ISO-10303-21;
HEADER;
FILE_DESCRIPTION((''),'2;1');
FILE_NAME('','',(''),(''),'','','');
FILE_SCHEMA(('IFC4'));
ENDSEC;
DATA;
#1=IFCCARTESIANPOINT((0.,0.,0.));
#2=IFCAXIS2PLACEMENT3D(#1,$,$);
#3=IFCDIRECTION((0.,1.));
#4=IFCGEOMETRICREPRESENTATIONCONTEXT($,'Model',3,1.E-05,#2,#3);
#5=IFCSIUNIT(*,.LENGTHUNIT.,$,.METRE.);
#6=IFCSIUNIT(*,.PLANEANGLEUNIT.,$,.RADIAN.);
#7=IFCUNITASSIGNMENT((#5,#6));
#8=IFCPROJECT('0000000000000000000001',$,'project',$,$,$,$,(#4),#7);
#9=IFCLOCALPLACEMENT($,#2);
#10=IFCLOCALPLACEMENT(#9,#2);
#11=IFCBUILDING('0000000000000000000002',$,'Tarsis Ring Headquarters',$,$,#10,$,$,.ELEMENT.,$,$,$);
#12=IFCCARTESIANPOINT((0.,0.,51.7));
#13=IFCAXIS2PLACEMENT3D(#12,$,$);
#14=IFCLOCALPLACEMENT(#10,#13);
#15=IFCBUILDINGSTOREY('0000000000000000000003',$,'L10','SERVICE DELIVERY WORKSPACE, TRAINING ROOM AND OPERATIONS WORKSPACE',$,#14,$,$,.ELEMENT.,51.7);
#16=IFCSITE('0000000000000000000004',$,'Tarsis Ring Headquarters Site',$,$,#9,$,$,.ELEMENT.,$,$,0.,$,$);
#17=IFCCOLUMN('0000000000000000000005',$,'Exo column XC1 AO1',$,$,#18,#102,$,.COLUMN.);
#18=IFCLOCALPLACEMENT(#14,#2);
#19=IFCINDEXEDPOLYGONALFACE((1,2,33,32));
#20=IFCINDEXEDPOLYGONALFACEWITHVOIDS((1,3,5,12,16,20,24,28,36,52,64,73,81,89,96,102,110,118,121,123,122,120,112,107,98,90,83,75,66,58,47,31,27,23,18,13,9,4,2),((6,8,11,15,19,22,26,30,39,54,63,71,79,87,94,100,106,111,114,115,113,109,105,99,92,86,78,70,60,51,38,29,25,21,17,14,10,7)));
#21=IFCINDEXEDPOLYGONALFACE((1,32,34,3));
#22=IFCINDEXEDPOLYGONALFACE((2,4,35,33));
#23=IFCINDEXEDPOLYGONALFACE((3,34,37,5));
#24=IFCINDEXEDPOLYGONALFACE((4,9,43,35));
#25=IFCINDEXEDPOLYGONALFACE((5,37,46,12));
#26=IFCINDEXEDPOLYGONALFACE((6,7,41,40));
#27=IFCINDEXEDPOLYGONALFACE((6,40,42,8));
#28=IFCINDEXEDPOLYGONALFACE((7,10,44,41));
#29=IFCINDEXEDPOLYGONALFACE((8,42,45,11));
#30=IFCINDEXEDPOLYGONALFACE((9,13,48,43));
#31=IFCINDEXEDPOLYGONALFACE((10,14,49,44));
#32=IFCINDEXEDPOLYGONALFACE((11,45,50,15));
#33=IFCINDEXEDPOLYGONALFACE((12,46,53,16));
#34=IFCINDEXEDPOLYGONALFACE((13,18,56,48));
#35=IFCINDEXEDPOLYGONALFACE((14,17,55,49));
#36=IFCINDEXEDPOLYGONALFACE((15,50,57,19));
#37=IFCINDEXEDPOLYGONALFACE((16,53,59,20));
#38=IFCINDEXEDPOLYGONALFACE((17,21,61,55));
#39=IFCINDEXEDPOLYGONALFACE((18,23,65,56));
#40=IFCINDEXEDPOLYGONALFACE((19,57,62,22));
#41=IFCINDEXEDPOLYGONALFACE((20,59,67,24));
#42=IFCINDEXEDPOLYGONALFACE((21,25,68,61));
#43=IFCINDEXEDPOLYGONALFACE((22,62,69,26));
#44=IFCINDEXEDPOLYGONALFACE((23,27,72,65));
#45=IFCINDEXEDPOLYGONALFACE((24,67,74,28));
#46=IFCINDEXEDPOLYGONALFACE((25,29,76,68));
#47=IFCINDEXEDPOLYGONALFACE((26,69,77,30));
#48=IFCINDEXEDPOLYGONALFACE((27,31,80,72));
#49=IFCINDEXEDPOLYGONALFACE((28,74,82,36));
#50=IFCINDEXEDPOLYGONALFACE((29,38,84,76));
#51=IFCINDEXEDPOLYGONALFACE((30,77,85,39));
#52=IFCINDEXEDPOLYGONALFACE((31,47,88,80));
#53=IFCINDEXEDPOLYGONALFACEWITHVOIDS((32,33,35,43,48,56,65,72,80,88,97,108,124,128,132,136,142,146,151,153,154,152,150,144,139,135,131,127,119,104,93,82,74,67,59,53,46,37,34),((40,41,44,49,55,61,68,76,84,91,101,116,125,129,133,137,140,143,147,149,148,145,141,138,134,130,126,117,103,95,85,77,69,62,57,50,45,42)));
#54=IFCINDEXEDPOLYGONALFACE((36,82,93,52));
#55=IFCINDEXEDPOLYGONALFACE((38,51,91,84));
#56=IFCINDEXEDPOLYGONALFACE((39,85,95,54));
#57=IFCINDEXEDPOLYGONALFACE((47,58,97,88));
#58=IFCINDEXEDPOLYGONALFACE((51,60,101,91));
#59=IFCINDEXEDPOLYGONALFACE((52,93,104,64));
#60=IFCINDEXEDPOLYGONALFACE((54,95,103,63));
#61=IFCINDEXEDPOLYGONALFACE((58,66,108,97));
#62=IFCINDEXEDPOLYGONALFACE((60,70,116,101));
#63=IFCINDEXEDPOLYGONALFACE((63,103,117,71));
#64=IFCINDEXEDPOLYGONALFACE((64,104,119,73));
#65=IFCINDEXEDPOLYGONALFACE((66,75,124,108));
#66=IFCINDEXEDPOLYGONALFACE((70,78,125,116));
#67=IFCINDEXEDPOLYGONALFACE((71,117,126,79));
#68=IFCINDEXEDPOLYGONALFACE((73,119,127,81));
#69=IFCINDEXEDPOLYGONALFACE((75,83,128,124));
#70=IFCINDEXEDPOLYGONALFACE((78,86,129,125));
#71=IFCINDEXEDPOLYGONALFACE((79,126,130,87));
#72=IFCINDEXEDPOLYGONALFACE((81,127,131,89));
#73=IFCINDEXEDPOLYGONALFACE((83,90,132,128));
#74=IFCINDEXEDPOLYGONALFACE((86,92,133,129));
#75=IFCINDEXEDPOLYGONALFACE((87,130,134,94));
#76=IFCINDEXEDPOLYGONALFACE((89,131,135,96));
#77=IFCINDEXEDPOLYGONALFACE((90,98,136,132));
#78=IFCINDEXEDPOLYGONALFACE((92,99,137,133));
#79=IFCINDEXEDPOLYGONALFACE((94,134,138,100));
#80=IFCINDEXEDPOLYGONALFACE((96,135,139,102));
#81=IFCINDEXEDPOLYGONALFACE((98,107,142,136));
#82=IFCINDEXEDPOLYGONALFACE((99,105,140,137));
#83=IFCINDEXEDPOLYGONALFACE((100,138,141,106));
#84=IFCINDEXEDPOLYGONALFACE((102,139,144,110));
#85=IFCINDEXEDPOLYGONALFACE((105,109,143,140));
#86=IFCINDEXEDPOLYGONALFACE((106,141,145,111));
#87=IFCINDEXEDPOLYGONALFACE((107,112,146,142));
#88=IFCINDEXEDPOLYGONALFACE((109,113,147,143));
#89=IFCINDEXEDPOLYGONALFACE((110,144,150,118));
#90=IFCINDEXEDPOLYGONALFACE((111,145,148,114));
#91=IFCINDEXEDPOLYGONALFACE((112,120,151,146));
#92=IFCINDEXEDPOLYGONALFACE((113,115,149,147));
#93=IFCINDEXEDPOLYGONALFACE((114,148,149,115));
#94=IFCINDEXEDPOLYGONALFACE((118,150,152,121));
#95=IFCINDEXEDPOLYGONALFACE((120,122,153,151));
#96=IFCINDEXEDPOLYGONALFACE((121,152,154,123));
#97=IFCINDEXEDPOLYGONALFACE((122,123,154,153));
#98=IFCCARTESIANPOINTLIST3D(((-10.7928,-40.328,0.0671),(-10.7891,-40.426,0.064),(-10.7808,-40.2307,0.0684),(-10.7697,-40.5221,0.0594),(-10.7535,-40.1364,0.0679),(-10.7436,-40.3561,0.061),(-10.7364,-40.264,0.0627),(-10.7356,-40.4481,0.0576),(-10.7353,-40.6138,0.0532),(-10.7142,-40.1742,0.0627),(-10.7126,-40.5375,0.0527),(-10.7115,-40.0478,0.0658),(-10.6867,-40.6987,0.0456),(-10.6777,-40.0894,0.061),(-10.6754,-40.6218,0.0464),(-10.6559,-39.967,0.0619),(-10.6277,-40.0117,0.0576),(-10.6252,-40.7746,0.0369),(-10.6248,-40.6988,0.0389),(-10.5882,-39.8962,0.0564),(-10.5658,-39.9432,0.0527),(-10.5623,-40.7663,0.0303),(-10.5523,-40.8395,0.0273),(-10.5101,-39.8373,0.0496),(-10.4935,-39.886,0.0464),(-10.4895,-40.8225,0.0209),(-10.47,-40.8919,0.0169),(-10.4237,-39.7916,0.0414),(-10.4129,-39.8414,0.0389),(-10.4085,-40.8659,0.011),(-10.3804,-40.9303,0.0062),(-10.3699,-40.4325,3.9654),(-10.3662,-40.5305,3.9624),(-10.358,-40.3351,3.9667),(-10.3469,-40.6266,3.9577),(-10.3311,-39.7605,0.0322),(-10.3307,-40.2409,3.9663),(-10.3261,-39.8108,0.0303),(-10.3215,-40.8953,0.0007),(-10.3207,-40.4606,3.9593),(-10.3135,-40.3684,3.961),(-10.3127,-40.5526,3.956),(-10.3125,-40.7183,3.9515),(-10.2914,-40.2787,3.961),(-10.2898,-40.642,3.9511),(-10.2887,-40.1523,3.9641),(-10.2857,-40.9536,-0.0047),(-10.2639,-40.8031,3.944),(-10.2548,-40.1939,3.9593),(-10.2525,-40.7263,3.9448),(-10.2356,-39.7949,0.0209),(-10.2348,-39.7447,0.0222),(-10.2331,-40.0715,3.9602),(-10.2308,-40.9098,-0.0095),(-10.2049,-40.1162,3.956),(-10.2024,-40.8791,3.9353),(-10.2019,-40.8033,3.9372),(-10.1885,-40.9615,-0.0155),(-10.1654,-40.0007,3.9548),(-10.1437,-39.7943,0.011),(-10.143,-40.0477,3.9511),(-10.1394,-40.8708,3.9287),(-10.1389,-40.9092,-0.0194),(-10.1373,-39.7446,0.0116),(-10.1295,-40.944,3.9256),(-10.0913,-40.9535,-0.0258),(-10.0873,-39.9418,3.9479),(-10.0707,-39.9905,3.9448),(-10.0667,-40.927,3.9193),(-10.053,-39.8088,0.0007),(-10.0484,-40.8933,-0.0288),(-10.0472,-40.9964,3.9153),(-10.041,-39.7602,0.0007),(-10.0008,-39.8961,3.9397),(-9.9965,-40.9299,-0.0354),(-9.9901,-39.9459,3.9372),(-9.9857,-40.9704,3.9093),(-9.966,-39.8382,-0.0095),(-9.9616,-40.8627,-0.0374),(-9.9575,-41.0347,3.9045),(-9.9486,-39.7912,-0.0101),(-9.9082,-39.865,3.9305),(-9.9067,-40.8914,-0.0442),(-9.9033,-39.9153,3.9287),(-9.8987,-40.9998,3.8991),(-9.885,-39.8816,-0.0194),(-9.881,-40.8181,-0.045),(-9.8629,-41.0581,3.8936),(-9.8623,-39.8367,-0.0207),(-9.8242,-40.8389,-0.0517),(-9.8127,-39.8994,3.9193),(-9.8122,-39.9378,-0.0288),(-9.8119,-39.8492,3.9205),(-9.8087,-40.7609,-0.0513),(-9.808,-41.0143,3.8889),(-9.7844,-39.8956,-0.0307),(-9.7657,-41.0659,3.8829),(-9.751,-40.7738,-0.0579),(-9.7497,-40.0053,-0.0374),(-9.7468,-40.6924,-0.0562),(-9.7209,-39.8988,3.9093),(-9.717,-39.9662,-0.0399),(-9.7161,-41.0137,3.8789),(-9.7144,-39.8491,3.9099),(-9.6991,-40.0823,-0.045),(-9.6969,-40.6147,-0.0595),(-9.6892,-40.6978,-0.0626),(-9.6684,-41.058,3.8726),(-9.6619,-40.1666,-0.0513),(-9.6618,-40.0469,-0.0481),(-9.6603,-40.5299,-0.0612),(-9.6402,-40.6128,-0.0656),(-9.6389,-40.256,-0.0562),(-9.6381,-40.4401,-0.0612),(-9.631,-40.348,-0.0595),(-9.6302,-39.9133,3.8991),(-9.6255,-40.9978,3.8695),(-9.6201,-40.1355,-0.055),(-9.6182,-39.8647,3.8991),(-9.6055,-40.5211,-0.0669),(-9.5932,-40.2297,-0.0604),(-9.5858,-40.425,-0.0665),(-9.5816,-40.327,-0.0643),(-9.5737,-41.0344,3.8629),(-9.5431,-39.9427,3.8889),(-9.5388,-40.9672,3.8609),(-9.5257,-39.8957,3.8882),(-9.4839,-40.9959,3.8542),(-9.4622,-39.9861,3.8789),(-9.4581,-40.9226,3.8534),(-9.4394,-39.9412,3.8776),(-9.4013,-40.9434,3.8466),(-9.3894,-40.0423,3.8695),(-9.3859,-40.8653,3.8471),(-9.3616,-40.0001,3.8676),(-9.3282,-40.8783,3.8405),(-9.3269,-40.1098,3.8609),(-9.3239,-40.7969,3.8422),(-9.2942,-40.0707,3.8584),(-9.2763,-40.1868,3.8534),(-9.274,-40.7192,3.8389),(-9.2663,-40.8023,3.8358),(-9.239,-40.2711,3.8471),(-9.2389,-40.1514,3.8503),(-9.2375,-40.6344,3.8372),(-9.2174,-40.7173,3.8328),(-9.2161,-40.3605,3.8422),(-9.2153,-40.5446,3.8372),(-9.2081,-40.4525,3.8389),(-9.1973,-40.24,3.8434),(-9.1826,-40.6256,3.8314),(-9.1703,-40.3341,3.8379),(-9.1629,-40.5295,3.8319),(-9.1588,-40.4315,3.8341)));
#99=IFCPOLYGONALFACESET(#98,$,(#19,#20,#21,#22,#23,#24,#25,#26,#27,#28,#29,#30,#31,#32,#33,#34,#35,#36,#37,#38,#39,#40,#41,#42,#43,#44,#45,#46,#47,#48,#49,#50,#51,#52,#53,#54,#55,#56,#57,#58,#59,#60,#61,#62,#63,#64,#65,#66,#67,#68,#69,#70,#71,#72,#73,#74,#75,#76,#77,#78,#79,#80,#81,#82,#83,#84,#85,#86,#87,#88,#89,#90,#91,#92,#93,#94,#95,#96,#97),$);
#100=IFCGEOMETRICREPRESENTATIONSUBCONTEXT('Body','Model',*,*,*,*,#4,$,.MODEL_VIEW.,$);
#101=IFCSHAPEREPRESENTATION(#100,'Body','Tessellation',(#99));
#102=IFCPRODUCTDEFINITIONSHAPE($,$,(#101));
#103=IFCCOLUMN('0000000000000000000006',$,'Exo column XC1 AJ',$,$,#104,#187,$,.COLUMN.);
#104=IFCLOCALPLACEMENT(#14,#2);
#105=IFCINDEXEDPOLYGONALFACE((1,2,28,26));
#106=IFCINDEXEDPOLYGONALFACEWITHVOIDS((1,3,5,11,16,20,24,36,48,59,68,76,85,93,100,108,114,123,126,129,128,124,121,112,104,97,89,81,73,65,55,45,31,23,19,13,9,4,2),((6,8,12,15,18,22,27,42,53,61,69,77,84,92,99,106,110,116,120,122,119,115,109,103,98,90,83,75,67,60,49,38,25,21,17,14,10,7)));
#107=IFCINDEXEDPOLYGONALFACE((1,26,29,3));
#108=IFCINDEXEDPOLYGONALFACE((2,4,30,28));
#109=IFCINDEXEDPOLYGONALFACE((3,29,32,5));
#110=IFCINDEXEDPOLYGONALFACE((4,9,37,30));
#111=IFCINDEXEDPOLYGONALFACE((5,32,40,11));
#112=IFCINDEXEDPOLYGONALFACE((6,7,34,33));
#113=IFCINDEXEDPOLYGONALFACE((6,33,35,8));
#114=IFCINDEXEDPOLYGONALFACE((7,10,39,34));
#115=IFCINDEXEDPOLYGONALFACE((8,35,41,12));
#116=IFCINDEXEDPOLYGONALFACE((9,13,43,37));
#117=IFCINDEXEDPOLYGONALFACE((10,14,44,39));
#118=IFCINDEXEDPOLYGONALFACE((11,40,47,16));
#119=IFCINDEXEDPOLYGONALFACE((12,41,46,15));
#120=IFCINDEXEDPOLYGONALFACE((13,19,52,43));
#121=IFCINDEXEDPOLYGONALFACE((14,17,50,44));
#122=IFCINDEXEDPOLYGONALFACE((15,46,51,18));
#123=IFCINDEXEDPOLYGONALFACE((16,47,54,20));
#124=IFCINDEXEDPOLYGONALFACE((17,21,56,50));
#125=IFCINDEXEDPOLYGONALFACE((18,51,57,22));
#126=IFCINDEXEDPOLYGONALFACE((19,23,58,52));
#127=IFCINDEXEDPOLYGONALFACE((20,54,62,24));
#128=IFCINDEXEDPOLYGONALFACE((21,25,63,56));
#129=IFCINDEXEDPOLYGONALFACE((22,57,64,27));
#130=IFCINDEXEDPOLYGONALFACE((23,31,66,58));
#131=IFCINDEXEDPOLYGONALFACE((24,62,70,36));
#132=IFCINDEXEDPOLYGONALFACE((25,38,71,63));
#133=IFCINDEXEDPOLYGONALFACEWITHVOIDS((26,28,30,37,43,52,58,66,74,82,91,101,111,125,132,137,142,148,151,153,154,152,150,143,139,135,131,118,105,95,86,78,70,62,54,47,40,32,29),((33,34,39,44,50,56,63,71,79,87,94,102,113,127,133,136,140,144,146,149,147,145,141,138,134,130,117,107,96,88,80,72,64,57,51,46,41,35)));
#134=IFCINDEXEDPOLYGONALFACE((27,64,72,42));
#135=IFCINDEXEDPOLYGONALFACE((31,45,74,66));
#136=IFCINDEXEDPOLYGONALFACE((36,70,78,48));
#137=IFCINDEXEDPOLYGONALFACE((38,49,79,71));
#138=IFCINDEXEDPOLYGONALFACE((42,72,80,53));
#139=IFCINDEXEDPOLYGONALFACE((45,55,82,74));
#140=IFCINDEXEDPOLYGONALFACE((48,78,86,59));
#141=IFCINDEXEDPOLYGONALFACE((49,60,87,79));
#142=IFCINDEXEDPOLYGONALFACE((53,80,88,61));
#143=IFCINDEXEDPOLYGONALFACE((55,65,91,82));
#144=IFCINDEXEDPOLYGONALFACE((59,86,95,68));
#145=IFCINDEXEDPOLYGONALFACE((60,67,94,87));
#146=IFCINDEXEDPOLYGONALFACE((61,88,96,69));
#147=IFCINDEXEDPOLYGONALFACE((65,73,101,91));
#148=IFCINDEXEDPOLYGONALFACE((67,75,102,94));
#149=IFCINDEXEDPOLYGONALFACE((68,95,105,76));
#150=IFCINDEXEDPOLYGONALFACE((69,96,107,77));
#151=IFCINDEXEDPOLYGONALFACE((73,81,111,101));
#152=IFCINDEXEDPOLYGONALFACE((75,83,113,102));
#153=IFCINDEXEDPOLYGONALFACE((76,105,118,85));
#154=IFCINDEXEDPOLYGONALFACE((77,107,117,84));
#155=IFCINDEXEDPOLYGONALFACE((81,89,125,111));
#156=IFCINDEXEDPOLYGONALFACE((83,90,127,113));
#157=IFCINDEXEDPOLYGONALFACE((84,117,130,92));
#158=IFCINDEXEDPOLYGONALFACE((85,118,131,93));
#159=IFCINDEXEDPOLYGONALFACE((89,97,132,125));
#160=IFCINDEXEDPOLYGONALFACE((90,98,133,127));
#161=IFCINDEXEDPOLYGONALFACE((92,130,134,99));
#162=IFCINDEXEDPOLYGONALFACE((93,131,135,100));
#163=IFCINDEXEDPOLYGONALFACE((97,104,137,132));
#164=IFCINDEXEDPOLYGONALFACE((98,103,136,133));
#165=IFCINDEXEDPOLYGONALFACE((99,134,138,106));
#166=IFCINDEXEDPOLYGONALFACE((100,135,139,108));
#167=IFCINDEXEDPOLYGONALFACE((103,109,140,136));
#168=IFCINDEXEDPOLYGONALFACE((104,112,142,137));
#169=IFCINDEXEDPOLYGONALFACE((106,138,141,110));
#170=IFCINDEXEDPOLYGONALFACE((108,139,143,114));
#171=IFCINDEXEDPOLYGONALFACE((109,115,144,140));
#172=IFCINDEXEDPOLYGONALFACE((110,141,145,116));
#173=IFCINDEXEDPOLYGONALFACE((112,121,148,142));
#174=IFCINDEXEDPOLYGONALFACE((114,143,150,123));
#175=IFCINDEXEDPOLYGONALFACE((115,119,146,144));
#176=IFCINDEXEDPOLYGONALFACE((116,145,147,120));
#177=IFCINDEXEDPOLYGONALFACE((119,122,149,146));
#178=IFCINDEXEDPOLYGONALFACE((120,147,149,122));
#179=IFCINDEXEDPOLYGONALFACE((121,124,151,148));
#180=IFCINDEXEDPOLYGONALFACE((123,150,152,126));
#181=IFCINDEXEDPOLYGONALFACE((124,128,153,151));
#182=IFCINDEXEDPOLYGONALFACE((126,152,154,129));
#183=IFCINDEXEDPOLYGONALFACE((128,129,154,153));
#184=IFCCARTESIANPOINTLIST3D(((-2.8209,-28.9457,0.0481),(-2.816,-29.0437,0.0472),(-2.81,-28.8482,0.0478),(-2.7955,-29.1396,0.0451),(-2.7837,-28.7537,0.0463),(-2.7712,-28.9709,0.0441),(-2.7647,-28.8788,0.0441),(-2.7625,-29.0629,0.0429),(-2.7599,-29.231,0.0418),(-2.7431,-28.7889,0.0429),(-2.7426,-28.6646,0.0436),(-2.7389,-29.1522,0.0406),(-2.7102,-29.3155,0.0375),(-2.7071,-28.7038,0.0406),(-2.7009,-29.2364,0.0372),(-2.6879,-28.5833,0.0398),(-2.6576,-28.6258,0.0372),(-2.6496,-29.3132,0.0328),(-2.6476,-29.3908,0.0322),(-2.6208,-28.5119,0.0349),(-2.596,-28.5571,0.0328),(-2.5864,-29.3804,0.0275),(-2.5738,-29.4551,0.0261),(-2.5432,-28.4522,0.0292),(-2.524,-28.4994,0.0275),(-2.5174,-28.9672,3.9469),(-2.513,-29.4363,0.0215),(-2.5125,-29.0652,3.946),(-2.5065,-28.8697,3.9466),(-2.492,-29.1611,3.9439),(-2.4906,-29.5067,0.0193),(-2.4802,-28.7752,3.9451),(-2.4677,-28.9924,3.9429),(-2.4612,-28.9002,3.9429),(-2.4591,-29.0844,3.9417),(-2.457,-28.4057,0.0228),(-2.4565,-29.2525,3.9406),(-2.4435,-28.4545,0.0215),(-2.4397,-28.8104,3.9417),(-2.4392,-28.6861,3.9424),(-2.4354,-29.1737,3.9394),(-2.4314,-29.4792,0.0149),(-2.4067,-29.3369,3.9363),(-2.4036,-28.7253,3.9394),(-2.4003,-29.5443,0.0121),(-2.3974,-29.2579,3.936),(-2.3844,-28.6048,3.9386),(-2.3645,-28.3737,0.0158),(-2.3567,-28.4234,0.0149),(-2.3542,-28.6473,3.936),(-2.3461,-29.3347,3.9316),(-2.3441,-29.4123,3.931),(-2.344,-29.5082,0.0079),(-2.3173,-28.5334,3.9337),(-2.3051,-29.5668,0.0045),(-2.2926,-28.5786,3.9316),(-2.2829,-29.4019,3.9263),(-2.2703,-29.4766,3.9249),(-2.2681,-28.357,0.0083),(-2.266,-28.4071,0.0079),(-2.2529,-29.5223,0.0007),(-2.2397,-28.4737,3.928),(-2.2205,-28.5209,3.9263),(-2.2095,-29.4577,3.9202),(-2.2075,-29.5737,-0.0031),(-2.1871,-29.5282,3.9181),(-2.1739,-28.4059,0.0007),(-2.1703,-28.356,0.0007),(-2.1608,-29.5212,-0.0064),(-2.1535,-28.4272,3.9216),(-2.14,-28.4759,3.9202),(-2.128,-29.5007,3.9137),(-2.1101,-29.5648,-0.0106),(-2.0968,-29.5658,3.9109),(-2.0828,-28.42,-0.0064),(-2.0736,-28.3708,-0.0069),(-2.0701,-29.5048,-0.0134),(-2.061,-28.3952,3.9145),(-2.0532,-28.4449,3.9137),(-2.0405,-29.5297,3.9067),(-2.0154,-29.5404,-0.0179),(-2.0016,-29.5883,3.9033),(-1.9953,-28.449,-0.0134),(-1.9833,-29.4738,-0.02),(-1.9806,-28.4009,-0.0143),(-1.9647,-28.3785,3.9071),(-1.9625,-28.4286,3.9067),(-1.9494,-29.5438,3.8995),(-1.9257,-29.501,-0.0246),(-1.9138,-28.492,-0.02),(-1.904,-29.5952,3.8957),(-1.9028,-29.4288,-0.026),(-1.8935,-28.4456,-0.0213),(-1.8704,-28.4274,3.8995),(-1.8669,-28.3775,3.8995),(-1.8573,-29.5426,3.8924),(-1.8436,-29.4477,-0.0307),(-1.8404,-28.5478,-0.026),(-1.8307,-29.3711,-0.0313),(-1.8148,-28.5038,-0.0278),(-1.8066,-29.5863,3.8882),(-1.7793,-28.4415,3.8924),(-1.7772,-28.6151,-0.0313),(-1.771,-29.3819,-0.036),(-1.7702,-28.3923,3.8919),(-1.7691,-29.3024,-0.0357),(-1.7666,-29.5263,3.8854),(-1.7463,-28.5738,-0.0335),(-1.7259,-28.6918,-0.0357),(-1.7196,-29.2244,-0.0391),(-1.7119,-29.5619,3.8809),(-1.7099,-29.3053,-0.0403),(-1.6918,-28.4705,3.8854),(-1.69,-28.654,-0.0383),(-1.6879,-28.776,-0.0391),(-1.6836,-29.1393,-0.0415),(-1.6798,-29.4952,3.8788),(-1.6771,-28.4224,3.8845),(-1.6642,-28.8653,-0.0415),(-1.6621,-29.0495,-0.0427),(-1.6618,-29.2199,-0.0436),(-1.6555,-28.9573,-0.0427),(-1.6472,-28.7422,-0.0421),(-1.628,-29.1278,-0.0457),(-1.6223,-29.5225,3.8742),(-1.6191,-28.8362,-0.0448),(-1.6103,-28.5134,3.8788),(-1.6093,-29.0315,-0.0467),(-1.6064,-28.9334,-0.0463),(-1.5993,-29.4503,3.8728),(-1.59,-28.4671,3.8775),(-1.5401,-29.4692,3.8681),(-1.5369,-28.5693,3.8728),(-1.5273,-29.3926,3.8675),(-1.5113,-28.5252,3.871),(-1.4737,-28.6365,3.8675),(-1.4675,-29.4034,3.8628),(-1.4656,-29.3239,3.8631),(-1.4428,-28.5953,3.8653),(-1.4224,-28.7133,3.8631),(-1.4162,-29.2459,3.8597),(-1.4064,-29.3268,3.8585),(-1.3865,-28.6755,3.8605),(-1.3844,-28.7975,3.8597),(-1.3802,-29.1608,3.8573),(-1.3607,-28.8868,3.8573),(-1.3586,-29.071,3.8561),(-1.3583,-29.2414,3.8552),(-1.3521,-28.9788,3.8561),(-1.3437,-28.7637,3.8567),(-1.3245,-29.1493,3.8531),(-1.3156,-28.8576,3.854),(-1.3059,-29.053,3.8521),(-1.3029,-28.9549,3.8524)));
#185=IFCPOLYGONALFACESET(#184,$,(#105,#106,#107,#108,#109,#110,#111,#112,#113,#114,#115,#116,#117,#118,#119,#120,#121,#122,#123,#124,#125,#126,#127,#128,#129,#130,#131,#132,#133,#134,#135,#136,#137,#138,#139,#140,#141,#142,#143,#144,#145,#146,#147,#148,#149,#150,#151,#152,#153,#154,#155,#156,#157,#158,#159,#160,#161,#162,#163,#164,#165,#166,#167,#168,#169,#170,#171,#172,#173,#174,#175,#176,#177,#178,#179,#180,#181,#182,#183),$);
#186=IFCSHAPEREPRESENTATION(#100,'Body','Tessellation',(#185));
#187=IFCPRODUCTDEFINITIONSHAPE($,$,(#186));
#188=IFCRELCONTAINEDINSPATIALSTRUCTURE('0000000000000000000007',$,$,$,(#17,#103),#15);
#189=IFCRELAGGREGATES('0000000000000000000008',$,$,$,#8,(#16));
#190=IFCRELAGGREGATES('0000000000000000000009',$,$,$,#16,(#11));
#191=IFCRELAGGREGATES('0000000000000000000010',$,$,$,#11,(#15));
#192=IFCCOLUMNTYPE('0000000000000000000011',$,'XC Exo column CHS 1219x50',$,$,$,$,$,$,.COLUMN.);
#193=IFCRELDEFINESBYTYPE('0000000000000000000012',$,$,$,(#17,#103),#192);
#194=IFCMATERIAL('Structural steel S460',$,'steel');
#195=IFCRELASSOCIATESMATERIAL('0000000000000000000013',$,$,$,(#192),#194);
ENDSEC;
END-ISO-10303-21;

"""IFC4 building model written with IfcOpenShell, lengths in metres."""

from ifc_helpers import new_model, si_unit, direction, frame, origin, origin_2d, place, context, subcontext, project, spatial, hollow_circle, extrude, material, material_profile, profile_set, type_object, element, save


model = new_model("IFC4")

# Units and contexts
model_context = context("Model", 3, precision=1e-05, world=origin(), true_north=direction((0.0, 1.0)))
body_context = subcontext(model_context, "Body", "Model", "MODEL_VIEW")
ifc_project = project(units=[si_unit("LENGTHUNIT", "METRE"), si_unit("PLANEANGLEUNIT", "RADIAN")], contexts=[model_context])

# Site, building, storey
site_placement = place(None, origin())
site = spatial("IfcSite", under=ifc_project, at=site_placement, Name="Tarsis Ring Headquarters Site", CompositionType="ELEMENT", RefElevation=0.0)
building_placement = place(site_placement, origin())
building = spatial("IfcBuilding", under=site, at=building_placement, Name="Tarsis Ring Headquarters", CompositionType="ELEMENT")
storey_placement = place(building_placement, frame((0.0, 0.0, 51.7)))
storey = spatial("IfcBuildingStorey", under=building, at=storey_placement, Name="L10", Description="SERVICE DELIVERY WORKSPACE, TRAINING ROOM AND OPERATIONS WORKSPACE", CompositionType="ELEMENT", Elevation=51.7)

# Columns
ifc_material_1 = material(Name="Structural steel S460", Category="steel")
ifc_material_profile_1 = material_profile(ifc_material_1, hollow_circle(Radius=0.6096, WallThickness=0.05, at=origin_2d()), Name="CHS 1219x50")
ifc_profile_set_1 = profile_set([ifc_material_profile_1], Name="Structural steel S460")
column_type = type_object("IfcColumnType", Name="XC Exo column CHS 1219x50", PredefinedType="COLUMN", material=ifc_profile_set_1)
column_1_placement = place(storey_placement, frame((-10.1873, -40.3521, 0.0007), z_axis=(0.107796, -0.026638, 0.993816), x_axis=(0.239897, 0.970798, 0.0)))
element("IfcColumn", 1, at=column_1_placement, inside=storey, type_object=column_type, Name="Exo column XC1 AO1", PredefinedType="COLUMN", context=body_context, shape_type="SweptSolid", body=[
    extrude(hollow_circle(Radius=0.6096, WallThickness=0.05, at=origin_2d()), origin(), (0.0, 0.0, 1.0), 3.9226),
])
column_2_placement = place(storey_placement, frame((-2.2134, -28.9641, 0.0007), z_axis=(0.077602, -0.005494, 0.996969), x_axis=(0.07062, 0.997503, 0.0)))
element("IfcColumn", 2, at=column_2_placement, inside=storey, type_object=column_type, Name="Exo column XC1 AJ", PredefinedType="COLUMN", context=body_context, shape_type="SweptSolid", body=[
    extrude(hollow_circle(Radius=0.6096, WallThickness=0.05, at=origin_2d()), origin(), (0.0, 0.0, 1.0), 3.9106),
])

save(model, "model.ifc")
